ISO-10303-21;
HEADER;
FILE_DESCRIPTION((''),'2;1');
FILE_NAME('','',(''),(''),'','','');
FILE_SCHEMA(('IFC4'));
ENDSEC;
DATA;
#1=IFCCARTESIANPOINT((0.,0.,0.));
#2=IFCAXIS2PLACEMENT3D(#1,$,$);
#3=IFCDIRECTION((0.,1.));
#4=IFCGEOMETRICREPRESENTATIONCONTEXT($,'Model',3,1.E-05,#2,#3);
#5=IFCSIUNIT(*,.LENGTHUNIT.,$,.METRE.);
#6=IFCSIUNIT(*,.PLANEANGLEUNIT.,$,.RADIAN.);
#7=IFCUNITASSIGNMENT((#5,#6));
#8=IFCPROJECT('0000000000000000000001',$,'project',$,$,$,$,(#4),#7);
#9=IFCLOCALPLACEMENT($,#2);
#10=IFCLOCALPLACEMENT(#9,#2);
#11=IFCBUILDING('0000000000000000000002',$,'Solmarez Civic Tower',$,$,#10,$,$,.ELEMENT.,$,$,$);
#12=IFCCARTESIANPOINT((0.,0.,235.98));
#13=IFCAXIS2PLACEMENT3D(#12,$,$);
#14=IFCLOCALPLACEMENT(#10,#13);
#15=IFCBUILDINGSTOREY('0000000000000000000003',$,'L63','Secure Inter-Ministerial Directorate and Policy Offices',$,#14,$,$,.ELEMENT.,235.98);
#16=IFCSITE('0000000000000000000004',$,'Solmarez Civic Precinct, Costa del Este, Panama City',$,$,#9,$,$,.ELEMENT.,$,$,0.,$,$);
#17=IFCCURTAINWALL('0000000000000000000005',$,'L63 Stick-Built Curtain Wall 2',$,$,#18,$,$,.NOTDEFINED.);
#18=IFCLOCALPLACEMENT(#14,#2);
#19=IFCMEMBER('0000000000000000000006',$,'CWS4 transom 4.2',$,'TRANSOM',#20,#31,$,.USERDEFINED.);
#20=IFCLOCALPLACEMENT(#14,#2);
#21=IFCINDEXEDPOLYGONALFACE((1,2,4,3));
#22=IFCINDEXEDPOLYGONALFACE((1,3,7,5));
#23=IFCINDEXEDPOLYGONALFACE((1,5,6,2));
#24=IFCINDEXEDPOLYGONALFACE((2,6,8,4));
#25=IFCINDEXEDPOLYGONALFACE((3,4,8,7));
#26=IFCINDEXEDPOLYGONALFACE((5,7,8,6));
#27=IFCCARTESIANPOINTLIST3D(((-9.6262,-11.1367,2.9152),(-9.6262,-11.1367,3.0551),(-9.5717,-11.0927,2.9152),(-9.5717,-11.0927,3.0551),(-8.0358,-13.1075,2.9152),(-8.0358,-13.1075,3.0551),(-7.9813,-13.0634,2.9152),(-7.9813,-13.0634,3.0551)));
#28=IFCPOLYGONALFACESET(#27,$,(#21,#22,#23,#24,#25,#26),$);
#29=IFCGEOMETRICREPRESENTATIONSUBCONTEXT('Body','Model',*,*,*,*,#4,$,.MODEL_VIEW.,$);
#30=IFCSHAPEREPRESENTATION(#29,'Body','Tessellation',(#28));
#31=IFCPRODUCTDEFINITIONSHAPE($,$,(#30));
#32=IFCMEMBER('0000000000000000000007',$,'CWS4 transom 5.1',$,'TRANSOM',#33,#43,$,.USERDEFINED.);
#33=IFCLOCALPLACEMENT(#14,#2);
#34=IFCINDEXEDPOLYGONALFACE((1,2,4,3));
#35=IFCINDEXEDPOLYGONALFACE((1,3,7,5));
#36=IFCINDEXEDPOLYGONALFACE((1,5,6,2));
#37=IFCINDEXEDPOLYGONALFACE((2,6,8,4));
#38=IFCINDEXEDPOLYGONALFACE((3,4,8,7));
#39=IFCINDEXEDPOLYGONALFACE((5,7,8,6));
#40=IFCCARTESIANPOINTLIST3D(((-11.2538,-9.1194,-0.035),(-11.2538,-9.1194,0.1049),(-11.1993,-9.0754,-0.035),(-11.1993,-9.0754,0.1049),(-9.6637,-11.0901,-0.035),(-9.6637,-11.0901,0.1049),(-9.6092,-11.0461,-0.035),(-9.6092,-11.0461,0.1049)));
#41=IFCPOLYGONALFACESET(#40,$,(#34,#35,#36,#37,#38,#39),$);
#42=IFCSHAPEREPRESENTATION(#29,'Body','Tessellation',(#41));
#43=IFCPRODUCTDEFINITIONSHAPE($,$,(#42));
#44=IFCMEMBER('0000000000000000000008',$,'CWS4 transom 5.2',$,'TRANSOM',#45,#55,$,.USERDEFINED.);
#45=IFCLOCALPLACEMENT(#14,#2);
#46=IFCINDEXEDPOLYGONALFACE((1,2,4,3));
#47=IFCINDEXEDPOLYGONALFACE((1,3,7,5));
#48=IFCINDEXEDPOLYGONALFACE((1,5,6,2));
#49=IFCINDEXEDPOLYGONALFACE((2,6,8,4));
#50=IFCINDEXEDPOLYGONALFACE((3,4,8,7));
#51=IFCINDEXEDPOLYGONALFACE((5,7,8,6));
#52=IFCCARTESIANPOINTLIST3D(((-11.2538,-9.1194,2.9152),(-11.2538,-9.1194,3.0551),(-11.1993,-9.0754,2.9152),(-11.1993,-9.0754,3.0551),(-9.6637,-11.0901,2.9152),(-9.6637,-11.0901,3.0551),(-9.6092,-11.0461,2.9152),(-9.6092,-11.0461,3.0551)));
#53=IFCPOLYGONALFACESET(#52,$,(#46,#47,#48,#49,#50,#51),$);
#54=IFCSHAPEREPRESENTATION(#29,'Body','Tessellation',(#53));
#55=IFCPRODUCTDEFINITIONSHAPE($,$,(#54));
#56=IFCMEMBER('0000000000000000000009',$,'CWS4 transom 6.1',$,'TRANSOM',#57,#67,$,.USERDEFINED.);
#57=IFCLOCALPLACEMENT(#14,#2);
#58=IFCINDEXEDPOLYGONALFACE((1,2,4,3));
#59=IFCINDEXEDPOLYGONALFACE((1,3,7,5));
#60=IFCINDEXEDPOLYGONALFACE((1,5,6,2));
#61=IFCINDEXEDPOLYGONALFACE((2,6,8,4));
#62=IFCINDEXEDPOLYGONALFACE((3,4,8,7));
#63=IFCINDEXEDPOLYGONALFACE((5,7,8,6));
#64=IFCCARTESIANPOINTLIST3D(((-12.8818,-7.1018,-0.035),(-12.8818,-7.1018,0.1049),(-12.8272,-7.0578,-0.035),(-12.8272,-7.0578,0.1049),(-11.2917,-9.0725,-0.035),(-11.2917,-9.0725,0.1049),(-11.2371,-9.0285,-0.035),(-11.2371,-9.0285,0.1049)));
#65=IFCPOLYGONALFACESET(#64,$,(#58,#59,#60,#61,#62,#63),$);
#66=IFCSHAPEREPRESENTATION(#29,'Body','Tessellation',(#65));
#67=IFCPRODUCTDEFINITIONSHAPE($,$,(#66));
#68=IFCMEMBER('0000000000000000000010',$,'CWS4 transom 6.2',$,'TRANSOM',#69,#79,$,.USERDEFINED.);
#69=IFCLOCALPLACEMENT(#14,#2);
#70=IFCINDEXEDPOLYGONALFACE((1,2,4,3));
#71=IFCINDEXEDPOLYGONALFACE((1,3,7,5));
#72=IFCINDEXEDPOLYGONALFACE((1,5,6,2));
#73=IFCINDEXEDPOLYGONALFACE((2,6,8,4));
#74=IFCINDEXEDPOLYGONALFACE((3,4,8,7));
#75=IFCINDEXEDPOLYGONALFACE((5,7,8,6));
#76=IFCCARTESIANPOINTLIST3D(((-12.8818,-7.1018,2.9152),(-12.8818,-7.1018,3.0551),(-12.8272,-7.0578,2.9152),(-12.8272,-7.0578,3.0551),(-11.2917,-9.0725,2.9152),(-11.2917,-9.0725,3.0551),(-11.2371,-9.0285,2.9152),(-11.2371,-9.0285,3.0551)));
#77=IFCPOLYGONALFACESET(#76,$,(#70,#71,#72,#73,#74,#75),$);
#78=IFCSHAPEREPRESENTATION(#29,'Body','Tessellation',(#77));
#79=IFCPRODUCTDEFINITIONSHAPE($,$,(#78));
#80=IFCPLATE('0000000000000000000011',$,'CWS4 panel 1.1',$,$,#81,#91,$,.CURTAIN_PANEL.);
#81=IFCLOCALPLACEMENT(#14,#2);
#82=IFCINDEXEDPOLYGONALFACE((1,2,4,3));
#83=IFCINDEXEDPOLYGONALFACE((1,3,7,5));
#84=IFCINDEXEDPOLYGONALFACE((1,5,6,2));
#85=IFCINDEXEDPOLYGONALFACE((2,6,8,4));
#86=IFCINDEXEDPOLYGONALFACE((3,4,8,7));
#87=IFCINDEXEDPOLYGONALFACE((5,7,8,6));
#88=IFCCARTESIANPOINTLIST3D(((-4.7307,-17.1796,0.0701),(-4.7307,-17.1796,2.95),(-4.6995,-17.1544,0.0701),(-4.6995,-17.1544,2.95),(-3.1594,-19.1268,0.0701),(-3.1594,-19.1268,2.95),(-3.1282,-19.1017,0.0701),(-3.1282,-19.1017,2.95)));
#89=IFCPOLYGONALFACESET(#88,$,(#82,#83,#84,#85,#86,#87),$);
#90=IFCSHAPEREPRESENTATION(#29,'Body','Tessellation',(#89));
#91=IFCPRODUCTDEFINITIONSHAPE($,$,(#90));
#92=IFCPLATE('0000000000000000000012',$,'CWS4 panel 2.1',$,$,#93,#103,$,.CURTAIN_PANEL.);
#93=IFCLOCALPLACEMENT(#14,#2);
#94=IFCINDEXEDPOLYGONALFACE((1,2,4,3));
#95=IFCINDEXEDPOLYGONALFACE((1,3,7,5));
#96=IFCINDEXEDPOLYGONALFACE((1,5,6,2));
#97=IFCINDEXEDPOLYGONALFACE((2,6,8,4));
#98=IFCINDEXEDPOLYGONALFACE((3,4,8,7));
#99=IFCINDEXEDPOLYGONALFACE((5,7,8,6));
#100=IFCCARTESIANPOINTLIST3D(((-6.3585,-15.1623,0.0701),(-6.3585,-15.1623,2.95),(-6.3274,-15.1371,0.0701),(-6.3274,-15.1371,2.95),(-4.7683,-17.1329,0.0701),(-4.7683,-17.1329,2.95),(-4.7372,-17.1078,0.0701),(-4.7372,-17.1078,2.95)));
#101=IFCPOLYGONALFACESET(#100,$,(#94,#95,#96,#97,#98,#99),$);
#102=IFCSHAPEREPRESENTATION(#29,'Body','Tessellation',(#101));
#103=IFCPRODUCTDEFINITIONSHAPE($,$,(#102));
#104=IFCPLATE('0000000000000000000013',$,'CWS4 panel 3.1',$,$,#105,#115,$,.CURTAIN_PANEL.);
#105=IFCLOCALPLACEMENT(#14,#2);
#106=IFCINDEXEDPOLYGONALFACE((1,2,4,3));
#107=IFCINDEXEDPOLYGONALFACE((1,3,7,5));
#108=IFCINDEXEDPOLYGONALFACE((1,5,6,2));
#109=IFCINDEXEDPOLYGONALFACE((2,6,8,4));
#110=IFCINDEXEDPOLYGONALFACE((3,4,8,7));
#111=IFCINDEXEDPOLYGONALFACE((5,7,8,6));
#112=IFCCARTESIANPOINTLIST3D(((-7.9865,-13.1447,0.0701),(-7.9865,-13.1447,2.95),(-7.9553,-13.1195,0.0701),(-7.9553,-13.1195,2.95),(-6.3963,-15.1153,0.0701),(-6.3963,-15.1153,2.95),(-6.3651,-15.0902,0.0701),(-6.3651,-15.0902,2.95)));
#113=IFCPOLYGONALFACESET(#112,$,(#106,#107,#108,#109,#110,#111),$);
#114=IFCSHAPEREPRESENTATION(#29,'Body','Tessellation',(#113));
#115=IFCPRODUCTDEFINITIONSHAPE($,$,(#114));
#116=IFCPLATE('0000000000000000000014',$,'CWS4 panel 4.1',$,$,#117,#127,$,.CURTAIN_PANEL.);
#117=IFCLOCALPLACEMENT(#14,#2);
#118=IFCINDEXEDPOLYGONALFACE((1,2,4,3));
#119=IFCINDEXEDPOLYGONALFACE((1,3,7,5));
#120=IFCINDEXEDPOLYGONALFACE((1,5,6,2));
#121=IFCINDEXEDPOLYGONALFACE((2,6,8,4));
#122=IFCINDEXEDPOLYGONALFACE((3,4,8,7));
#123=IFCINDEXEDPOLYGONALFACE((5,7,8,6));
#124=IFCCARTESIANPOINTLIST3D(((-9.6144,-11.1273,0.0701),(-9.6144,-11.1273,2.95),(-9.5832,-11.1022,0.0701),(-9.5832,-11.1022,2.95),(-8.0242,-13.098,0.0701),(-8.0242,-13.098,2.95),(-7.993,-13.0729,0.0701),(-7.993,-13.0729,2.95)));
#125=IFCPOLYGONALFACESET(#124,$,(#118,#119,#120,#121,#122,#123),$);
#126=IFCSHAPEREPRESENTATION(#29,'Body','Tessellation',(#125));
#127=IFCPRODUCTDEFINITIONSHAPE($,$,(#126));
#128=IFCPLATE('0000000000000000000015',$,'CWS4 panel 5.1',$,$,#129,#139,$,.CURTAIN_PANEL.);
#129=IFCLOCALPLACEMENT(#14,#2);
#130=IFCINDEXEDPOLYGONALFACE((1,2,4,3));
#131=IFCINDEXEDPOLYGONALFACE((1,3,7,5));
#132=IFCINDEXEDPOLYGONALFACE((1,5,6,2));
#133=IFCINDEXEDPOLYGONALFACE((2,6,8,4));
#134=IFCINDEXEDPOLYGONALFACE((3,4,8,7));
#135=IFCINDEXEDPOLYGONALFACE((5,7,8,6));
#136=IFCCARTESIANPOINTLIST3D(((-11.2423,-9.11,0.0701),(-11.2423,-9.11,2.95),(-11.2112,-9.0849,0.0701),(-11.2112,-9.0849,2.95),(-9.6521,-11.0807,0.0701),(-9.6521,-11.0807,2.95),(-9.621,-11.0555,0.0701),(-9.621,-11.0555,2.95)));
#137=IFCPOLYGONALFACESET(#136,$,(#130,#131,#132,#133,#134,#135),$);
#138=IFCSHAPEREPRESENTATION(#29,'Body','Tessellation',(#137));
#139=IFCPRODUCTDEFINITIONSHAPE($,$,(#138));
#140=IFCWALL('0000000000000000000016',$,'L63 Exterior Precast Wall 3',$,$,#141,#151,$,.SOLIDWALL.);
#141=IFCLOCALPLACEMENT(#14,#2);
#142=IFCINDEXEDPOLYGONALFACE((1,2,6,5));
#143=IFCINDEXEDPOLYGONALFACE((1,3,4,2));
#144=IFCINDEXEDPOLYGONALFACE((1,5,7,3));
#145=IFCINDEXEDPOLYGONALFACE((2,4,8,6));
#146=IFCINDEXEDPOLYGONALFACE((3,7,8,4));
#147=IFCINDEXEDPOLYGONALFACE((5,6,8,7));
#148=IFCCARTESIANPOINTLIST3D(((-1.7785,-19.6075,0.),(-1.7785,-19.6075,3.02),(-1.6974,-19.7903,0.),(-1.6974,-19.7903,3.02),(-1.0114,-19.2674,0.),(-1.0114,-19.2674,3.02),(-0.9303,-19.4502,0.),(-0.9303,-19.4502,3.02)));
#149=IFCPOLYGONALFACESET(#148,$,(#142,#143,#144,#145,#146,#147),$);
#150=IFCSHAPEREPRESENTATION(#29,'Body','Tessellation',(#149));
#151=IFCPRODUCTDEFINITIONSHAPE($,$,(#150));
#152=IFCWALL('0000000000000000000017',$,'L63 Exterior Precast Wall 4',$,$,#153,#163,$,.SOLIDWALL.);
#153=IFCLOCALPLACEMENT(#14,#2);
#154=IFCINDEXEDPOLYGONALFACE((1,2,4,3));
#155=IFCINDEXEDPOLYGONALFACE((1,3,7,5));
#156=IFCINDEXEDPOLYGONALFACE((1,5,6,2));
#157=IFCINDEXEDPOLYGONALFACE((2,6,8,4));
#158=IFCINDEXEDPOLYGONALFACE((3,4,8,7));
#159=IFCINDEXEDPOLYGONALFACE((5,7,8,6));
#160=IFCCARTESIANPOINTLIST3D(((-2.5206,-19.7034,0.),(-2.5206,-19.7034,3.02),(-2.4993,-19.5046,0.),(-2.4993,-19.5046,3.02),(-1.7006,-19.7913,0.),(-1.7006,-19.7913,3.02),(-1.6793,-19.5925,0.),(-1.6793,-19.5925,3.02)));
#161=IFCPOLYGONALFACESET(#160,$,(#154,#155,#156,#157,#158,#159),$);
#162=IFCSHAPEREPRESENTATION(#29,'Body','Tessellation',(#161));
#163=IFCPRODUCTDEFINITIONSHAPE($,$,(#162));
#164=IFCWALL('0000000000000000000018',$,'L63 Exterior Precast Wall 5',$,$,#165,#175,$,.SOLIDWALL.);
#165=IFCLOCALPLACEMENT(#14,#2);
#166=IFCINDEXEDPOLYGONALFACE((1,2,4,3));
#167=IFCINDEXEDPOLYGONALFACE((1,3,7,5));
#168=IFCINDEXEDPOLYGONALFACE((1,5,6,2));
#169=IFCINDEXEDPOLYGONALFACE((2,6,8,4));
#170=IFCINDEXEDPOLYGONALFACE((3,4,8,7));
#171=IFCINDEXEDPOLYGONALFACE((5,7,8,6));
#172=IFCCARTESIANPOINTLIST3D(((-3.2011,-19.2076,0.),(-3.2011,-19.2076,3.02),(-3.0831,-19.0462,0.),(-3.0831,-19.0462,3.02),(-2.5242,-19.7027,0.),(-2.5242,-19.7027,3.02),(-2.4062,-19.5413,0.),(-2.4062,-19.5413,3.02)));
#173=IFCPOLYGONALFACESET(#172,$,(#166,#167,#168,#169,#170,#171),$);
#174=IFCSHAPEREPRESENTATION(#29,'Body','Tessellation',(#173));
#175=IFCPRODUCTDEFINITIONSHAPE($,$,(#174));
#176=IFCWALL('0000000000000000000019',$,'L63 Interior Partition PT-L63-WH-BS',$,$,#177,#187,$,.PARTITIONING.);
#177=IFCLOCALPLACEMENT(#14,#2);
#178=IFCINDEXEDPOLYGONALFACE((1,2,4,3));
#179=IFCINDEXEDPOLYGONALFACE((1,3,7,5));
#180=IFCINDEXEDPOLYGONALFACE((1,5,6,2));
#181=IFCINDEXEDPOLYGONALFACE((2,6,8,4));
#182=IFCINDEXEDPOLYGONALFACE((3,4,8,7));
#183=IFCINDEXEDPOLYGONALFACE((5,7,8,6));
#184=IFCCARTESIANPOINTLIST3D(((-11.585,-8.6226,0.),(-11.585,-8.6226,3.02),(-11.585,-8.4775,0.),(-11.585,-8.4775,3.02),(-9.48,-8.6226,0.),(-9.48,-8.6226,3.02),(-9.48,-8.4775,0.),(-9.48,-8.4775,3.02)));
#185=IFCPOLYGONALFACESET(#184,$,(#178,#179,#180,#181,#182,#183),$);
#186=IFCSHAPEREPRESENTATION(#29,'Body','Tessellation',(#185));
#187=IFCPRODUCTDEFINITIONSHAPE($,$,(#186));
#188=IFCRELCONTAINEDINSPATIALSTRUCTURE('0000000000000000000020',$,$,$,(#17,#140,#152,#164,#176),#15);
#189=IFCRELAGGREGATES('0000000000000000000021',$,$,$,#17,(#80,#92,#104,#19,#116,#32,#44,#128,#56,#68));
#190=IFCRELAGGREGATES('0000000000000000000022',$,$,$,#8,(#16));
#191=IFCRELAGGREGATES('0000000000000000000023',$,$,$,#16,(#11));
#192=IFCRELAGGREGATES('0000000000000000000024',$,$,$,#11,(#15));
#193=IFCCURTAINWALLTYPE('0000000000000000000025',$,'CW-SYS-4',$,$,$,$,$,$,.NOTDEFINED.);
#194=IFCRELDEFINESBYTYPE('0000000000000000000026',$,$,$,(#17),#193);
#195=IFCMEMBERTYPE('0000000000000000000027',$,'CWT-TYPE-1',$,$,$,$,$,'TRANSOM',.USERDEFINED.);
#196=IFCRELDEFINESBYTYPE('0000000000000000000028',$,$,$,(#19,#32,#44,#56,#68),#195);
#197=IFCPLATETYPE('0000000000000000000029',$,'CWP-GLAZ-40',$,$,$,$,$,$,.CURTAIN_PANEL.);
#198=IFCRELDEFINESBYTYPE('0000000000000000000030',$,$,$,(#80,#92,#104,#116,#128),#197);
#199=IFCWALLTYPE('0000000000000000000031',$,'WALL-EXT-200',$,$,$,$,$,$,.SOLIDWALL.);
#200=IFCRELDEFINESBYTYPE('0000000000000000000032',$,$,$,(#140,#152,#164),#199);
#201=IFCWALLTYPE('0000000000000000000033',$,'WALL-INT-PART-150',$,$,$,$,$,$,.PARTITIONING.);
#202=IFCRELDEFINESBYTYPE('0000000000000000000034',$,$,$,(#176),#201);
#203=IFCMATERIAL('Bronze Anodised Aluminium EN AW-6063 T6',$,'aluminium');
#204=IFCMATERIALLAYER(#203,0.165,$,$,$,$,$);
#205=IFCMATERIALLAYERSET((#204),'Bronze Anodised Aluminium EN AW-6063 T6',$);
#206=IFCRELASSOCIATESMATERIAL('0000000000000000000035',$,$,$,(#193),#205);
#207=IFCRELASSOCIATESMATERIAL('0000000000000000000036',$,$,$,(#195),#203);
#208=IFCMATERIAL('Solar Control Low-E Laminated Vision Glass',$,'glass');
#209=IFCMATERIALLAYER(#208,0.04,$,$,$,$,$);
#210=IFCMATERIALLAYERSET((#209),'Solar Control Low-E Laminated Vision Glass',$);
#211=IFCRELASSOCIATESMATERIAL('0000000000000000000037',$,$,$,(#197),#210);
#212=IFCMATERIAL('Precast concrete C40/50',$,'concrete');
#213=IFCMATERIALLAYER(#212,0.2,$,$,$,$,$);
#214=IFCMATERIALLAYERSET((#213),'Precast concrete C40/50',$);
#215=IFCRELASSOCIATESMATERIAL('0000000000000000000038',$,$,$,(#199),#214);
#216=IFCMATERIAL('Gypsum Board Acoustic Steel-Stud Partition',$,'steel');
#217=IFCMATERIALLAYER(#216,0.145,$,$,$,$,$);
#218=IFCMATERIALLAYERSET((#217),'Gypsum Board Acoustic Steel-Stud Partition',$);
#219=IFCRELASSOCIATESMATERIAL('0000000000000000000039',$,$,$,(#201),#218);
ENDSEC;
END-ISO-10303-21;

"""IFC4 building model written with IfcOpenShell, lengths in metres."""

from ifc_helpers import new_model, si_unit, direction, frame, frame_2d, origin, origin_2d, place, context, subcontext, project, spatial, rectangle, extrude, material, layer, layer_set, material_profile, profile_set, type_object, element, aggregate, save


model = new_model("IFC4")

# Units and contexts
model_context = context("Model", 3, precision=1e-05, world=origin(), true_north=direction((0.0, 1.0)))
body_context = subcontext(model_context, "Body", "Model", "MODEL_VIEW")
ifc_project = project(units=[si_unit("LENGTHUNIT", "METRE"), si_unit("PLANEANGLEUNIT", "RADIAN")], contexts=[model_context])

# Site, building, storey
site_placement = place(None, origin())
site = spatial("IfcSite", under=ifc_project, at=site_placement, Name="Solmarez Civic Precinct, Costa del Este, Panama City", CompositionType="ELEMENT", RefElevation=0.0)
building_placement = place(site_placement, origin())
building = spatial("IfcBuilding", under=site, at=building_placement, Name="Solmarez Civic Tower", CompositionType="ELEMENT")
storey_placement = place(building_placement, frame((0.0, 0.0, 235.98)))
storey = spatial("IfcBuildingStorey", under=building, at=storey_placement, Name="L63", Description="Secure Inter-Ministerial Directorate and Policy Offices", CompositionType="ELEMENT", Elevation=235.98)

# Shared definitions
ifc_material_1 = material(Name="Bronze Anodised Aluminium EN AW-6063 T6", Category="aluminium")
ifc_layer_1 = layer(ifc_material_1, 0.165)
ifc_layer_set_1 = layer_set([ifc_layer_1], Name="Bronze Anodised Aluminium EN AW-6063 T6")
curtain_wall_type = type_object("IfcCurtainWallType", Name="CW-SYS-4", PredefinedType="NOTDEFINED", material=ifc_layer_set_1)

# Curtain wall, members, plates
curtain_wall_1_placement = place(storey_placement, origin())
curtain_wall_1 = element("IfcCurtainWall", 1, at=curtain_wall_1_placement, inside=storey, type_object=curtain_wall_type, Name="L63 Stick-Built Curtain Wall 2", PredefinedType="NOTDEFINED")
ifc_material_profile_1 = material_profile(ifc_material_1, rectangle(XDim=0.0701, YDim=0.1399, at=origin_2d()), Name="CWT-70X140")
ifc_profile_set_1 = profile_set([ifc_material_profile_1], Name="Bronze Anodised Aluminium EN AW-6063 T6")
member_type_1 = type_object("IfcMemberType", Name="CWT-TYPE-1", ElementType="TRANSOM", PredefinedType="USERDEFINED", material=ifc_profile_set_1)
member_1_placement = place(storey_placement, frame((-8.0085, -13.0854, 2.9851), z_axis=(-0.628005, 0.778209, 0.0), x_axis=(-0.778209, -0.628005, 0.0)))
member_1 = element("IfcMember", 2, at=member_1_placement, type_object=member_type_1, Name="CWS4 transom 4.2", ObjectType="TRANSOM", PredefinedType="USERDEFINED", context=body_context, shape_type="SweptSolid", body=[
    extrude(rectangle(XDim=0.0701, YDim=0.1399, at=origin_2d()), origin(), (0.0, 0.0, 1.0), 2.5325),
])
member_2_placement = place(storey_placement, frame((-9.6365, -11.0681, 0.0349), z_axis=(-0.627947, 0.778256, 0.0), x_axis=(-0.778256, -0.627947, 0.0)))
member_2 = element("IfcMember", 3, at=member_2_placement, type_object=member_type_1, Name="CWS4 transom 5.1", ObjectType="TRANSOM", PredefinedType="USERDEFINED", context=body_context, shape_type="SweptSolid", body=[
    extrude(rectangle(XDim=0.0701, YDim=0.1399, at=origin_2d()), origin(), (0.0, 0.0, 1.0), 2.5322),
])
member_3_placement = place(storey_placement, frame((-9.6365, -11.0681, 2.9851), z_axis=(-0.627947, 0.778256, 0.0), x_axis=(-0.778256, -0.627947, 0.0)))
member_3 = element("IfcMember", 4, at=member_3_placement, type_object=member_type_1, Name="CWS4 transom 5.2", ObjectType="TRANSOM", PredefinedType="USERDEFINED", context=body_context, shape_type="SweptSolid", body=[
    extrude(rectangle(XDim=0.0701, YDim=0.1399, at=origin_2d()), origin(), (0.0, 0.0, 1.0), 2.5322),
])
member_4_placement = place(storey_placement, frame((-11.2644, -9.0505, 0.0349), z_axis=(-0.627947, 0.778256, 0.0), x_axis=(-0.778256, -0.627947, 0.0)))
member_4 = element("IfcMember", 5, at=member_4_placement, type_object=member_type_1, Name="CWS4 transom 6.1", ObjectType="TRANSOM", PredefinedType="USERDEFINED", context=body_context, shape_type="SweptSolid", body=[
    extrude(rectangle(XDim=0.0701, YDim=0.1399, at=origin_2d()), origin(), (0.0, 0.0, 1.0), 2.5322),
])
member_5_placement = place(storey_placement, frame((-11.2644, -9.0505, 2.9851), z_axis=(-0.627947, 0.778256, 0.0), x_axis=(-0.778256, -0.627947, 0.0)))
member_5 = element("IfcMember", 6, at=member_5_placement, type_object=member_type_1, Name="CWS4 transom 6.2", ObjectType="TRANSOM", PredefinedType="USERDEFINED", context=body_context, shape_type="SweptSolid", body=[
    extrude(rectangle(XDim=0.0701, YDim=0.1399, at=origin_2d()), origin(), (0.0, 0.0, 1.0), 2.5322),
])
ifc_material_2 = material(Name="Solar Control Low-E Laminated Vision Glass", Category="glass")
ifc_layer_2 = layer(ifc_material_2, 0.04)
ifc_layer_set_2 = layer_set([ifc_layer_2], Name="Solar Control Low-E Laminated Vision Glass")
plate_type = type_object("IfcPlateType", Name="CWP-GLAZ-40", PredefinedType="CURTAIN_PANEL", material=ifc_layer_set_2)
plate_1_placement = place(storey_placement, frame((-3.9294, -18.1406, 0.0701), z_axis=(0.0, 0.0, 1.0), x_axis=(-0.627978, 0.778231, 0.0)))
plate_1 = element("IfcPlate", 7, at=plate_1_placement, type_object=plate_type, Name="CWS4 panel 1.1", PredefinedType="CURTAIN_PANEL", context=body_context, shape_type="SweptSolid", body=[
    extrude(rectangle(XDim=2.5022, YDim=0.04, at=origin_2d()), origin(), (0.0, 0.0, 1.0), 2.8799),
])
plate_2_placement = place(storey_placement, frame((-5.5479, -16.135, 0.0701), z_axis=(0.0, 0.0, 1.0), x_axis=(-0.627978, 0.778231, 0.0)))
plate_2 = element("IfcPlate", 8, at=plate_2_placement, type_object=plate_type, Name="CWS4 panel 2.1", PredefinedType="CURTAIN_PANEL", context=body_context, shape_type="SweptSolid", body=[
    extrude(rectangle(XDim=2.5322, YDim=0.04, at=origin_2d()), origin(), (0.0, 0.0, 1.0), 2.8799),
])
plate_3_placement = place(storey_placement, frame((-7.1758, -14.1174, 0.0701), z_axis=(0.0, 0.0, 1.0), x_axis=(-0.627978, 0.778231, 0.0)))
plate_3 = element("IfcPlate", 9, at=plate_3_placement, type_object=plate_type, Name="CWS4 panel 3.1", PredefinedType="CURTAIN_PANEL", context=body_context, shape_type="SweptSolid", body=[
    extrude(rectangle(XDim=2.5322, YDim=0.04, at=origin_2d()), origin(), (0.0, 0.0, 1.0), 2.8799),
])
plate_4_placement = place(storey_placement, frame((-8.8037, -12.1001, 0.0701), z_axis=(0.0, 0.0, 1.0), x_axis=(-0.627978, 0.778231, 0.0)))
plate_4 = element("IfcPlate", 10, at=plate_4_placement, type_object=plate_type, Name="CWS4 panel 4.1", PredefinedType="CURTAIN_PANEL", context=body_context, shape_type="SweptSolid", body=[
    extrude(rectangle(XDim=2.5322, YDim=0.04, at=origin_2d()), origin(), (0.0, 0.0, 1.0), 2.8799),
])
plate_5_placement = place(storey_placement, frame((-10.4316, -10.0828, 0.0701), z_axis=(0.0, 0.0, 1.0), x_axis=(-0.627978, 0.778231, 0.0)))
plate_5 = element("IfcPlate", 11, at=plate_5_placement, type_object=plate_type, Name="CWS4 panel 5.1", PredefinedType="CURTAIN_PANEL", context=body_context, shape_type="SweptSolid", body=[
    extrude(rectangle(XDim=2.5322, YDim=0.04, at=origin_2d()), origin(), (0.0, 0.0, 1.0), 2.8799),
])
aggregate(curtain_wall_1, [plate_1, plate_2, plate_3, member_1, plate_4, member_2, member_3, plate_5, member_4, member_5])

# Walls
ifc_material_3 = material(Name="Precast concrete C40/50", Category="concrete")
ifc_layer_3 = layer(ifc_material_3, 0.2)
ifc_layer_set_3 = layer_set([ifc_layer_3], Name="Precast concrete C40/50")
wall_type_1 = type_object("IfcWallType", Name="WALL-EXT-200", PredefinedType="SOLIDWALL", material=ifc_layer_set_3)
wall_1_placement = place(storey_placement, frame((-0.9709, -19.3589, 0.0), z_axis=(0.0, 0.0, 1.0), x_axis=(-0.914183, -0.405301, 0.0)))
element("IfcWall", 12, at=wall_1_placement, inside=storey, type_object=wall_type_1, Name="L63 Exterior Precast Wall 3", PredefinedType="SOLIDWALL", context=body_context, shape_type="SweptSolid", body=[
    extrude(rectangle(XDim=0.8391, YDim=0.2, at=frame_2d((0.4194, 0.0))), origin(), (0.0, 0.0, 1.0), 3.02),
])
wall_2_placement = place(storey_placement, frame((-1.6899, -19.6919, 0.0), z_axis=(0.0, 0.0, 1.0), x_axis=(-0.994306, 0.106564, 0.0)))
element("IfcWall", 13, at=wall_2_placement, inside=storey, type_object=wall_type_1, Name="L63 Exterior Precast Wall 4", PredefinedType="SOLIDWALL", context=body_context, shape_type="SweptSolid", body=[
    extrude(rectangle(XDim=0.8247, YDim=0.2, at=frame_2d((0.4124, 0.0))), origin(), (0.0, 0.0, 1.0), 3.02),
])
wall_3_placement = place(storey_placement, frame((-2.4651, -19.6221, 0.0), z_axis=(0.0, 0.0, 1.0), x_axis=(-0.807172, 0.590316, 0.0)))
element("IfcWall", 14, at=wall_3_placement, inside=storey, type_object=wall_type_1, Name="L63 Exterior Precast Wall 5", PredefinedType="SOLIDWALL", context=body_context, shape_type="SweptSolid", body=[
    extrude(rectangle(XDim=0.8386, YDim=0.2, at=frame_2d((0.4194, 0.0))), origin(), (0.0, 0.0, 1.0), 3.02),
])
ifc_material_4 = material(Name="Gypsum Board Acoustic Steel-Stud Partition", Category="steel")
ifc_layer_4 = layer(ifc_material_4, 0.145)
ifc_layer_set_4 = layer_set([ifc_layer_4], Name="Gypsum Board Acoustic Steel-Stud Partition")
wall_type_2 = type_object("IfcWallType", Name="WALL-INT-PART-150", PredefinedType="PARTITIONING", material=ifc_layer_set_4)
wall_4_placement = place(storey_placement, frame((-11.585, -8.55, 0.0), z_axis=(0.0, 0.0, 1.0), x_axis=(1.0, 0.0, 0.0)))
element("IfcWall", 15, at=wall_4_placement, inside=storey, type_object=wall_type_2, Name="L63 Interior Partition PT-L63-WH-BS", PredefinedType="PARTITIONING", context=body_context, shape_type="SweptSolid", body=[
    extrude(rectangle(XDim=2.105, YDim=0.145, at=frame_2d((1.0525, 0.0))), origin(), (0.0, 0.0, 1.0), 3.02),
])

save(model, "model.ifc")
